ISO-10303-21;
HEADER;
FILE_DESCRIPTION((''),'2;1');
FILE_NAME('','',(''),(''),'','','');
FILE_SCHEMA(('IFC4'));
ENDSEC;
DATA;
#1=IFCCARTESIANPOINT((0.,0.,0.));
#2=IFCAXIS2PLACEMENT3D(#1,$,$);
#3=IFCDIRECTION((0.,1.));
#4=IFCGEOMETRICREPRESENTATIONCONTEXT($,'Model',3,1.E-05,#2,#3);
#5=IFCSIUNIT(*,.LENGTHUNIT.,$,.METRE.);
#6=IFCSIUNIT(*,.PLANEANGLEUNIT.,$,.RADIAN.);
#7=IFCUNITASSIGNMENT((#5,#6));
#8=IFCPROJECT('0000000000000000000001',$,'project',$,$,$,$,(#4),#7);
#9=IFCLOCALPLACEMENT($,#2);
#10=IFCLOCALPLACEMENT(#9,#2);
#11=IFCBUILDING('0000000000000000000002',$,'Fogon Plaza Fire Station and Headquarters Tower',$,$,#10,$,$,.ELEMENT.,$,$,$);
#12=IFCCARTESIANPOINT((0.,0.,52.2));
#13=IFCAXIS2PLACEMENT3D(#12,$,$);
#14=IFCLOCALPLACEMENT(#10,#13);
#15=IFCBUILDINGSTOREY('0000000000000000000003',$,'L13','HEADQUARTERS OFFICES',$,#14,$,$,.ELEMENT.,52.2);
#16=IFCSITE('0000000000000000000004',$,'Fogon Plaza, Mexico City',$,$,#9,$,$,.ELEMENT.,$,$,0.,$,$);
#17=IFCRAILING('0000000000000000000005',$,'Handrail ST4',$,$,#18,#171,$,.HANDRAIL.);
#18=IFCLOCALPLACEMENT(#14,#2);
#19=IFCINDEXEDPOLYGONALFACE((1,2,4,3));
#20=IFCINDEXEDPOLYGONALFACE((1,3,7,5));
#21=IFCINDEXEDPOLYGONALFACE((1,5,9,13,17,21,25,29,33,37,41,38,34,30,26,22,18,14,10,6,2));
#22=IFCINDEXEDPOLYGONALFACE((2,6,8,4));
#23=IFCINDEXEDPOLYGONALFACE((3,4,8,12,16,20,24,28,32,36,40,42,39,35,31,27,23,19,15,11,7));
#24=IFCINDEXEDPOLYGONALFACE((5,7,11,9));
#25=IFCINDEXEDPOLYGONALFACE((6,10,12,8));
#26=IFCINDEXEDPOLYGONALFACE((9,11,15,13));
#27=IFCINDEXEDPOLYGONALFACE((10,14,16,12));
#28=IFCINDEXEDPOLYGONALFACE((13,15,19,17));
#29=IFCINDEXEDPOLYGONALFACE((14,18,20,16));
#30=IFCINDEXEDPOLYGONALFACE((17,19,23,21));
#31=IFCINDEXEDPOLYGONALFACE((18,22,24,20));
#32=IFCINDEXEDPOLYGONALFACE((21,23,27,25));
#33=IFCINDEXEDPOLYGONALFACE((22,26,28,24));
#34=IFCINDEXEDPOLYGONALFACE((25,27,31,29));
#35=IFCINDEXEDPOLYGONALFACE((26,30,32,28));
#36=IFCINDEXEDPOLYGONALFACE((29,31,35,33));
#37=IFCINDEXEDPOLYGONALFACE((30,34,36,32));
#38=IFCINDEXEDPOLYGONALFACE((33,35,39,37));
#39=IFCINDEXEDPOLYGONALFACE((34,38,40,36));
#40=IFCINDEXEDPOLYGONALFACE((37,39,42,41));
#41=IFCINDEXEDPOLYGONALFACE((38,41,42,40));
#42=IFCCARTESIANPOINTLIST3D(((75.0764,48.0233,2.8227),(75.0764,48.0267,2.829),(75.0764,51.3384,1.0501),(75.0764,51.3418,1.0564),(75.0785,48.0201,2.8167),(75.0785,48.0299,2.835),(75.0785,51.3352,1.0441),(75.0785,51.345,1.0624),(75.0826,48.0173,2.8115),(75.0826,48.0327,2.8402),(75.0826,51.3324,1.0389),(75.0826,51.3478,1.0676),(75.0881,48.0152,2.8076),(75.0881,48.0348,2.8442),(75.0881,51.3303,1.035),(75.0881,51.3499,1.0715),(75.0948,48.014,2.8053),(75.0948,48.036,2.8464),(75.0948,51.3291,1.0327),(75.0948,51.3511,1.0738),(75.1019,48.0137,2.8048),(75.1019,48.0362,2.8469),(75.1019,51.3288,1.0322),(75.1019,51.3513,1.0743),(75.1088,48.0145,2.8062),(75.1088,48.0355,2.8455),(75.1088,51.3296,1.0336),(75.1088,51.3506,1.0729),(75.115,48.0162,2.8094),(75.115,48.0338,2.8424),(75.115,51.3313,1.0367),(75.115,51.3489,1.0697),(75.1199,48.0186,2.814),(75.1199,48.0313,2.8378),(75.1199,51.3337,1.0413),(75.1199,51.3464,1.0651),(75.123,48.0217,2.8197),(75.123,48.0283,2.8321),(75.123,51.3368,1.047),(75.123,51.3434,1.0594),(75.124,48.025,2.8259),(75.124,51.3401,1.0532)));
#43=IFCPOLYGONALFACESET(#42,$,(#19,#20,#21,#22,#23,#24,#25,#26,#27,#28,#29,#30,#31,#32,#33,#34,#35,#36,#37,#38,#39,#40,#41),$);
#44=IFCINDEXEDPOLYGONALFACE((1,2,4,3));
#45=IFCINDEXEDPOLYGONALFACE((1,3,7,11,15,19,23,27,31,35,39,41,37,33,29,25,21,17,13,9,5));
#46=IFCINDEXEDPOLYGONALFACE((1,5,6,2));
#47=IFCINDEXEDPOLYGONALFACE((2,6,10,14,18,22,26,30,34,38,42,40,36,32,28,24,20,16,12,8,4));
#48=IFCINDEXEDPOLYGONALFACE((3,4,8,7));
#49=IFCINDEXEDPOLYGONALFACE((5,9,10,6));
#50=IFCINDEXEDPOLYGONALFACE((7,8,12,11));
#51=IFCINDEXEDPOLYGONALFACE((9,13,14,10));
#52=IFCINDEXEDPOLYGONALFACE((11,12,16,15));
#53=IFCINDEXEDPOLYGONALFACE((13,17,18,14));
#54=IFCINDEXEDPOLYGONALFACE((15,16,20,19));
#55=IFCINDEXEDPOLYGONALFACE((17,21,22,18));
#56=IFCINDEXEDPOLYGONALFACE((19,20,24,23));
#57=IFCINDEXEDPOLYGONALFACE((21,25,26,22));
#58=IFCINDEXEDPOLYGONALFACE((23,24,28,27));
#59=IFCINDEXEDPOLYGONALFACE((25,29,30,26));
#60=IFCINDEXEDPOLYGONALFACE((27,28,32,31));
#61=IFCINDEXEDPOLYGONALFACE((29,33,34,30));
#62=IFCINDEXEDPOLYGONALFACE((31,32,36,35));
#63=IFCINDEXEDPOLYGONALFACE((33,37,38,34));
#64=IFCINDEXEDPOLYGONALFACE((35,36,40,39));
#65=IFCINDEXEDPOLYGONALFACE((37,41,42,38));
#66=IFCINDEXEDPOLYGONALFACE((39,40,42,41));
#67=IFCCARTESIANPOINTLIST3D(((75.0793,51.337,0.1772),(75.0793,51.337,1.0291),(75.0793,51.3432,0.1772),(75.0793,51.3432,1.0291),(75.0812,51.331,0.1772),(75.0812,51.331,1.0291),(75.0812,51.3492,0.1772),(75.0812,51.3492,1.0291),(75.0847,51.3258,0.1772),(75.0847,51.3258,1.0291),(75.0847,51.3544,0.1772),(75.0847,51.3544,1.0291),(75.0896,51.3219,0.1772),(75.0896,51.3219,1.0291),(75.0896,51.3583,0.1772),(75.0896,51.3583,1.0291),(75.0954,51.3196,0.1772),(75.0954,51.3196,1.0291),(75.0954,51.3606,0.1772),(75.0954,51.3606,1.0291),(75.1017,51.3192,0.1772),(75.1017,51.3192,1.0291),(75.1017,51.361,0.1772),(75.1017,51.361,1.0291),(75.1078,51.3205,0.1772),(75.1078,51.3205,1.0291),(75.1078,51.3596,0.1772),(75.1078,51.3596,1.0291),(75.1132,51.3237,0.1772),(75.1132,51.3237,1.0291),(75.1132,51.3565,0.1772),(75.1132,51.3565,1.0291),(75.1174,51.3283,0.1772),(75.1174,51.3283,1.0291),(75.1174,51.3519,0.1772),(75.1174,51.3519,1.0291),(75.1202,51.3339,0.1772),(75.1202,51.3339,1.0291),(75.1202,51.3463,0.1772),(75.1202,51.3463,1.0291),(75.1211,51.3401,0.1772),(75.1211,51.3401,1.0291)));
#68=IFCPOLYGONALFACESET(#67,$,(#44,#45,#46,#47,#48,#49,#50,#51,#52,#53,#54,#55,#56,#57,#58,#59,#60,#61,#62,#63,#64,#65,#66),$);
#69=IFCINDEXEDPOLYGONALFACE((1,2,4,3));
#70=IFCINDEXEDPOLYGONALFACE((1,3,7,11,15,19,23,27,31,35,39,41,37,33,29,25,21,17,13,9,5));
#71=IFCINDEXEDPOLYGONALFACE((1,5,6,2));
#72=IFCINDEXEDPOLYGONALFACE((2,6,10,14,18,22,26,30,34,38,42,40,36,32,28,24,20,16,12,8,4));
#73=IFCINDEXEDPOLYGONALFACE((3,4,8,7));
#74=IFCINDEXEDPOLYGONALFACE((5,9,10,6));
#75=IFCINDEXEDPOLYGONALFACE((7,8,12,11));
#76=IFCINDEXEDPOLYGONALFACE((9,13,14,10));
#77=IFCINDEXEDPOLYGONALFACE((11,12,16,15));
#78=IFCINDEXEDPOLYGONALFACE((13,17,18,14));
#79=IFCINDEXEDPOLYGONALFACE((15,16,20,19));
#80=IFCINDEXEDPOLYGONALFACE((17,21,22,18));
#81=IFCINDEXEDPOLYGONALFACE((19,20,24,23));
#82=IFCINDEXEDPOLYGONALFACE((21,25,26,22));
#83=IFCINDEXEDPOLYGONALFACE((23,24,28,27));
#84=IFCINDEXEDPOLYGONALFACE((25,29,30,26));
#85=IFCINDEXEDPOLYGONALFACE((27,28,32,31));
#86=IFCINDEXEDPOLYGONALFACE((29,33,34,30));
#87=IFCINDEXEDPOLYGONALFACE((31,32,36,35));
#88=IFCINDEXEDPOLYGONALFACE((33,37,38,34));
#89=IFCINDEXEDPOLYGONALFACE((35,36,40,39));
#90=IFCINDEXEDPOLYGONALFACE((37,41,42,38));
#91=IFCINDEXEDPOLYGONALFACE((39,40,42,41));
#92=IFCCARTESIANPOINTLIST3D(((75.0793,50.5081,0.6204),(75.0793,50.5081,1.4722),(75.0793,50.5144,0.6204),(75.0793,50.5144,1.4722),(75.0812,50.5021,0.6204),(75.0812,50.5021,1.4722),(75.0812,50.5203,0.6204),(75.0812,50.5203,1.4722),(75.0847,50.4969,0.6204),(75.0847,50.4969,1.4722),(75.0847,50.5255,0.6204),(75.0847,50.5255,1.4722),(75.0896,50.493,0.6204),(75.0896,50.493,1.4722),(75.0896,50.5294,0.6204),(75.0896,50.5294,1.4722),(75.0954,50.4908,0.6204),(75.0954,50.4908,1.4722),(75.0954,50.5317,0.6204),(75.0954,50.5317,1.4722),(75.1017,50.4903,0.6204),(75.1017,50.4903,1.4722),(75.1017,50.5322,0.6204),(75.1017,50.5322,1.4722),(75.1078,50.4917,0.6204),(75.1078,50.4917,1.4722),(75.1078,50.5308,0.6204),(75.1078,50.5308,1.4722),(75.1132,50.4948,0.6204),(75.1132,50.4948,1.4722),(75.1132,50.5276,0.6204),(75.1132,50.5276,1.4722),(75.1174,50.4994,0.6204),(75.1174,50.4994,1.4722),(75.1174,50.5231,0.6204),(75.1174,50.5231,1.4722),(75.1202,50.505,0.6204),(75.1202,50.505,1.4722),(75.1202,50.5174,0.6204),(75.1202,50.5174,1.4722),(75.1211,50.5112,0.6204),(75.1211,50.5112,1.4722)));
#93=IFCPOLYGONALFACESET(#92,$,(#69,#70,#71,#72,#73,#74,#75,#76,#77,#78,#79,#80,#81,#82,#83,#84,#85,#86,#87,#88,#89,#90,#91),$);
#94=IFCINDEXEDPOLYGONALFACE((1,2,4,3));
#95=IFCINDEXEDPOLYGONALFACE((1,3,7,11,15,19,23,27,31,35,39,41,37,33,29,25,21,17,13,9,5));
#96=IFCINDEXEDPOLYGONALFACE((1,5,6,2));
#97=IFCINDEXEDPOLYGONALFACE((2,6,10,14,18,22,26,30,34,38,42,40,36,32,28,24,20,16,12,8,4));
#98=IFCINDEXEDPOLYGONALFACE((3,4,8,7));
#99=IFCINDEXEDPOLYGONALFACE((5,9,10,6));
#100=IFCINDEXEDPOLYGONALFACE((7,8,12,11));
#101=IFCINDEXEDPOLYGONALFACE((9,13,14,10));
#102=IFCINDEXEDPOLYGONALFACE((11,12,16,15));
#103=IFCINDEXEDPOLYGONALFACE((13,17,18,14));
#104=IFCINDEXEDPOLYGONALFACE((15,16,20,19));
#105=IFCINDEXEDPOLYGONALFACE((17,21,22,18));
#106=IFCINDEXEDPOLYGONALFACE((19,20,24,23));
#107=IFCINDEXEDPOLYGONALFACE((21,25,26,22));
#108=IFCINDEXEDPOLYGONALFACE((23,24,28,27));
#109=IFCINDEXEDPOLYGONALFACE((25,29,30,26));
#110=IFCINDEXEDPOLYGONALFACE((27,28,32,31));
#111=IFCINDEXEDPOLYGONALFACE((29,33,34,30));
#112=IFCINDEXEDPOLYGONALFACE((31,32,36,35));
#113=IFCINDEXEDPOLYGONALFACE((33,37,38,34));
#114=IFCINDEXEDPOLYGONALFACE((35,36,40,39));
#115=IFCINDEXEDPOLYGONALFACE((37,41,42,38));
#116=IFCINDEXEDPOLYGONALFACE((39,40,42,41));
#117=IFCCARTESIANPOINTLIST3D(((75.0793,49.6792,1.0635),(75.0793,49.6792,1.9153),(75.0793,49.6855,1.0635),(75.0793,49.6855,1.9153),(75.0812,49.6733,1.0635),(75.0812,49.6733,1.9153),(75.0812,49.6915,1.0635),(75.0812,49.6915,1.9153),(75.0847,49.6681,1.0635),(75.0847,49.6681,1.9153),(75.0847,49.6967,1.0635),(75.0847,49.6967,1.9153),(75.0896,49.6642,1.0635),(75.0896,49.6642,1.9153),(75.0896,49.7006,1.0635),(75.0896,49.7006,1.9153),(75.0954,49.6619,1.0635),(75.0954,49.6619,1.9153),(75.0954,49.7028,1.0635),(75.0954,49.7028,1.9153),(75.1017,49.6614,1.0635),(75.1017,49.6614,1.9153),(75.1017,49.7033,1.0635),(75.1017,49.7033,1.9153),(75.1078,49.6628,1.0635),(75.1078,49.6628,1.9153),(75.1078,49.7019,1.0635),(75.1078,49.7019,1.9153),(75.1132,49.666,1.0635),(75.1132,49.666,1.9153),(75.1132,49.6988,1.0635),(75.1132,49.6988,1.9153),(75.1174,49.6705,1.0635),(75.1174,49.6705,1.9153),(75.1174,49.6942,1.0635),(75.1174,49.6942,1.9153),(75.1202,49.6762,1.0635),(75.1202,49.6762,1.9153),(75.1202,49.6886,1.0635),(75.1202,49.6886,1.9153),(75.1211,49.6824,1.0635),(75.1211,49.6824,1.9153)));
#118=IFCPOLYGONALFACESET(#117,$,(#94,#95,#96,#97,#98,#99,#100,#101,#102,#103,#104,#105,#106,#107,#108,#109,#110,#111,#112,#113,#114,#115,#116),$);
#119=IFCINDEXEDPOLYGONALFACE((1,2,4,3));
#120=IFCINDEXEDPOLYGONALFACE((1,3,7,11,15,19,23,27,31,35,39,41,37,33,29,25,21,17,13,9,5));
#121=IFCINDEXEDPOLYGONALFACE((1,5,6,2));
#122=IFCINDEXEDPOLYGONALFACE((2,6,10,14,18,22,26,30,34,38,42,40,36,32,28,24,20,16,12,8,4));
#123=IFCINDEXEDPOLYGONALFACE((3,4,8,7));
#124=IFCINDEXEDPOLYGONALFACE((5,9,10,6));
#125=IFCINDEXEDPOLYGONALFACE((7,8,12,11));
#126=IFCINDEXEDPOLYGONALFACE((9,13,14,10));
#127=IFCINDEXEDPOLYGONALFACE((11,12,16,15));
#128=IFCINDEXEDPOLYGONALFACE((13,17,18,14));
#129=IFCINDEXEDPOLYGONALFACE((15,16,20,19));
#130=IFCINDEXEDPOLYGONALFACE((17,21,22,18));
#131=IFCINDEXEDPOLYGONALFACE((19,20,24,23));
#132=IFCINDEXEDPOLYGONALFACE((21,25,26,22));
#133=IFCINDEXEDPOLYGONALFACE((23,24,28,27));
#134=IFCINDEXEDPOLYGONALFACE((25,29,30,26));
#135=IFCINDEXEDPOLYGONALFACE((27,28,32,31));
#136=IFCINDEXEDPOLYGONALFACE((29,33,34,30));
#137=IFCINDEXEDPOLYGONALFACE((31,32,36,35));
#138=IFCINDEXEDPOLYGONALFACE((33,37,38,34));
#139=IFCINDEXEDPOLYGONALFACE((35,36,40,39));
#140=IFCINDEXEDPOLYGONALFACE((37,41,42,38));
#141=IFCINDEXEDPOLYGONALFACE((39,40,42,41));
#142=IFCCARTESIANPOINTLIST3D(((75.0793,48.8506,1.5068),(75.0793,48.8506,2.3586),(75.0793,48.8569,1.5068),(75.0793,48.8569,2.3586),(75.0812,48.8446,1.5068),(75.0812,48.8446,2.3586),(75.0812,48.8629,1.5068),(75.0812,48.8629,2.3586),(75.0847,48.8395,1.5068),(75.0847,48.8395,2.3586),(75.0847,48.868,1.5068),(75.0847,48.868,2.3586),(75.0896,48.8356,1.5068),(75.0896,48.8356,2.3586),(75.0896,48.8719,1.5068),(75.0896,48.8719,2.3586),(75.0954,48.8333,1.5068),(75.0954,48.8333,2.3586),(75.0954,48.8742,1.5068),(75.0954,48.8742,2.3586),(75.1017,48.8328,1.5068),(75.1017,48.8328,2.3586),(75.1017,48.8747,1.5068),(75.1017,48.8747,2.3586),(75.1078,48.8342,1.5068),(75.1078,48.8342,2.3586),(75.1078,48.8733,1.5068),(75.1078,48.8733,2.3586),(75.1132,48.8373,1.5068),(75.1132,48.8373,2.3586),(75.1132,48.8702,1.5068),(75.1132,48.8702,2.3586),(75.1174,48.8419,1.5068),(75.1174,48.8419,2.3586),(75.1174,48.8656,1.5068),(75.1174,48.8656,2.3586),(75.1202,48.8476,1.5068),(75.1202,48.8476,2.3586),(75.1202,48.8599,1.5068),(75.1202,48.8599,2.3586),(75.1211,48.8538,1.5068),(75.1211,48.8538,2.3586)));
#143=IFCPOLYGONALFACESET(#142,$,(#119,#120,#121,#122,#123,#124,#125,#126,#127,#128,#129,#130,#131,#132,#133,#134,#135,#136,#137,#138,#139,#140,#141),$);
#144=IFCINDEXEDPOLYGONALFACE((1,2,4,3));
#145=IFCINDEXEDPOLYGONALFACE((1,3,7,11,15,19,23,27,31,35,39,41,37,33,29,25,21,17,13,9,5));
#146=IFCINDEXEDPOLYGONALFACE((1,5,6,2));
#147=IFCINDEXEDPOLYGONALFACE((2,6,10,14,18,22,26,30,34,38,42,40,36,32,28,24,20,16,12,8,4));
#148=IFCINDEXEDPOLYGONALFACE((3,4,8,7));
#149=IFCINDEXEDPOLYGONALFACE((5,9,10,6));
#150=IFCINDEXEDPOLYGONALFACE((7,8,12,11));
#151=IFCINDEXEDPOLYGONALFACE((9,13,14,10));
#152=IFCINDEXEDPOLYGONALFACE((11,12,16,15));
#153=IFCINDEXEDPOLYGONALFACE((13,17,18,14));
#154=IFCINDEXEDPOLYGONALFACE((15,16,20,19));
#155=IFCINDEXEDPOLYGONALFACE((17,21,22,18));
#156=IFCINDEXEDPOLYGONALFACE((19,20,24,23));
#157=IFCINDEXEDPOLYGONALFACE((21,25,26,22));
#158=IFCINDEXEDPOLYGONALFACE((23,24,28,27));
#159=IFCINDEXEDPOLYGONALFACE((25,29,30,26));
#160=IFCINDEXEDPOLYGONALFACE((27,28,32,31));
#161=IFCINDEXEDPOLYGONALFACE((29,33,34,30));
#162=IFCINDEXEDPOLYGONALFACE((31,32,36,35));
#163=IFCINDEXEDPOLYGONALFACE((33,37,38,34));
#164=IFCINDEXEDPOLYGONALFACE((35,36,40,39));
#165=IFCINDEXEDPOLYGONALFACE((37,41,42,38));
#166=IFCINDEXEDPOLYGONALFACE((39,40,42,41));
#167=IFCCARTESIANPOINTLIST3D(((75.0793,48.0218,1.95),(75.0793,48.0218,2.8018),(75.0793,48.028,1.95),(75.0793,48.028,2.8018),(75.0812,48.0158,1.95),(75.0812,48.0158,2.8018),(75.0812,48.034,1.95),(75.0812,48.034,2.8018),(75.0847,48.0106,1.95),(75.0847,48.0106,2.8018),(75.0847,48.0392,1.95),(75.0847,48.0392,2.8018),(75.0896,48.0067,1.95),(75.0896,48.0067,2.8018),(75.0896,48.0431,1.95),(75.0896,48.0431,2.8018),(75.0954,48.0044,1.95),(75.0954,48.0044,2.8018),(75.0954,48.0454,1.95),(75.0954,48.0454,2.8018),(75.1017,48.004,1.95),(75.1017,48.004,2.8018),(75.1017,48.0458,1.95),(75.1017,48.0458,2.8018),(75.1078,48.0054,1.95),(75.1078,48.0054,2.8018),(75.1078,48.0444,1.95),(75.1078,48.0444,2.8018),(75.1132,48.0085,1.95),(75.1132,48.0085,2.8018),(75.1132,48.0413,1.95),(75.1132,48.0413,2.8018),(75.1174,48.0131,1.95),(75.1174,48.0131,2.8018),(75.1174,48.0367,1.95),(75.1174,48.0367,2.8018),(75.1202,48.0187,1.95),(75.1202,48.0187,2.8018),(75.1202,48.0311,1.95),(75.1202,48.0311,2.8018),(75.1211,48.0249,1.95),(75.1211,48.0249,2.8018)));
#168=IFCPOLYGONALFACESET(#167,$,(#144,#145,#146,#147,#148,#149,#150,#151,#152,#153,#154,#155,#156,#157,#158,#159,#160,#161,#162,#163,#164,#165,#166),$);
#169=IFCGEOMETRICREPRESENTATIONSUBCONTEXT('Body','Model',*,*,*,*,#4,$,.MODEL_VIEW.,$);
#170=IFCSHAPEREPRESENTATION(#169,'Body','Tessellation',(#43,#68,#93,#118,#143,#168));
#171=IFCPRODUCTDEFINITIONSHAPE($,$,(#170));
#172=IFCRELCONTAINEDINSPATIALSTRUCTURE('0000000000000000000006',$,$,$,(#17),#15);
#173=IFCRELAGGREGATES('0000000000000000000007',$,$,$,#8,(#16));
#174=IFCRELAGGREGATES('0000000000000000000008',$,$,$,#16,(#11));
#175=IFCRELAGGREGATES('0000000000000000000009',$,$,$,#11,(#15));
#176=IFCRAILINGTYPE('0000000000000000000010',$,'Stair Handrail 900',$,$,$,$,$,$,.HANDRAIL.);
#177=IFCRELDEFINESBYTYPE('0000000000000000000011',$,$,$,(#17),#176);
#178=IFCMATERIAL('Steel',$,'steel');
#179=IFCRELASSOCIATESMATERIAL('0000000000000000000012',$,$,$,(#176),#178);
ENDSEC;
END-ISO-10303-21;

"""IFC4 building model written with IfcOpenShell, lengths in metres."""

from ifc_helpers import new_model, si_unit, direction, frame, origin, origin_2d, place, context, subcontext, project, spatial, circle, extrude, material, type_object, element, save


model = new_model("IFC4")

# Units and contexts
model_context = context("Model", 3, precision=1e-05, world=origin(), true_north=direction((0.0, 1.0)))
body_context = subcontext(model_context, "Body", "Model", "MODEL_VIEW")
ifc_project = project(units=[si_unit("LENGTHUNIT", "METRE"), si_unit("PLANEANGLEUNIT", "RADIAN")], contexts=[model_context])

# Site, building, storey
site_placement = place(None, origin())
site = spatial("IfcSite", under=ifc_project, at=site_placement, Name="Fogon Plaza, Mexico City", CompositionType="ELEMENT", RefElevation=0.0)
building_placement = place(site_placement, origin())
building = spatial("IfcBuilding", under=site, at=building_placement, Name="Fogon Plaza Fire Station and Headquarters Tower", CompositionType="ELEMENT")
storey_placement = place(building_placement, frame((0.0, 0.0, 52.2)))
storey = spatial("IfcBuildingStorey", under=building, at=storey_placement, Name="L13", Description="HEADQUARTERS OFFICES", CompositionType="ELEMENT", Elevation=52.2)

# Railing
ifc_material_1 = material(Name="Steel", Category="steel")
railing_type = type_object("IfcRailingType", Name="Stair Handrail 900", PredefinedType="HANDRAIL", material=ifc_material_1)
for number, where, name in (
    (1, (75.1001, 51.3401, 0.1772), "Handrail ST4"),
):
    element("IfcRailing", number, at=place(storey_placement, frame(where)), inside=storey, type_object=railing_type, Name=name, PredefinedType="HANDRAIL", context=body_context, shape_type="SweptSolid", body=[
        extrude(circle(Radius=0.0239, at=origin_2d()), frame((0.0, 0.0, 0.876), z_axis=(0.0, -0.881844, 0.471542), x_axis=(1.0, 0.0, 0.0)), (0.0, 0.0, 1.0), 3.7593),
        extrude(circle(Radius=0.021, at=origin_2d()), origin(), (0.0, 0.0, 1.0), 0.8518),
        extrude(circle(Radius=0.021, at=origin_2d()), frame((0.0, -0.8289, 0.4431)), (0.0, 0.0, 1.0), 0.8518),
        extrude(circle(Radius=0.021, at=origin_2d()), frame((0.0, -1.6577, 0.8862)), (0.0, 0.0, 1.0), 0.8518),
        extrude(circle(Radius=0.021, at=origin_2d()), frame((0.0, -2.4863, 1.3296)), (0.0, 0.0, 1.0), 0.8518),
        extrude(circle(Radius=0.021, at=origin_2d()), frame((0.0, -3.3152, 1.7727)), (0.0, 0.0, 1.0), 0.8518),
    ])

save(model, "model.ifc")
